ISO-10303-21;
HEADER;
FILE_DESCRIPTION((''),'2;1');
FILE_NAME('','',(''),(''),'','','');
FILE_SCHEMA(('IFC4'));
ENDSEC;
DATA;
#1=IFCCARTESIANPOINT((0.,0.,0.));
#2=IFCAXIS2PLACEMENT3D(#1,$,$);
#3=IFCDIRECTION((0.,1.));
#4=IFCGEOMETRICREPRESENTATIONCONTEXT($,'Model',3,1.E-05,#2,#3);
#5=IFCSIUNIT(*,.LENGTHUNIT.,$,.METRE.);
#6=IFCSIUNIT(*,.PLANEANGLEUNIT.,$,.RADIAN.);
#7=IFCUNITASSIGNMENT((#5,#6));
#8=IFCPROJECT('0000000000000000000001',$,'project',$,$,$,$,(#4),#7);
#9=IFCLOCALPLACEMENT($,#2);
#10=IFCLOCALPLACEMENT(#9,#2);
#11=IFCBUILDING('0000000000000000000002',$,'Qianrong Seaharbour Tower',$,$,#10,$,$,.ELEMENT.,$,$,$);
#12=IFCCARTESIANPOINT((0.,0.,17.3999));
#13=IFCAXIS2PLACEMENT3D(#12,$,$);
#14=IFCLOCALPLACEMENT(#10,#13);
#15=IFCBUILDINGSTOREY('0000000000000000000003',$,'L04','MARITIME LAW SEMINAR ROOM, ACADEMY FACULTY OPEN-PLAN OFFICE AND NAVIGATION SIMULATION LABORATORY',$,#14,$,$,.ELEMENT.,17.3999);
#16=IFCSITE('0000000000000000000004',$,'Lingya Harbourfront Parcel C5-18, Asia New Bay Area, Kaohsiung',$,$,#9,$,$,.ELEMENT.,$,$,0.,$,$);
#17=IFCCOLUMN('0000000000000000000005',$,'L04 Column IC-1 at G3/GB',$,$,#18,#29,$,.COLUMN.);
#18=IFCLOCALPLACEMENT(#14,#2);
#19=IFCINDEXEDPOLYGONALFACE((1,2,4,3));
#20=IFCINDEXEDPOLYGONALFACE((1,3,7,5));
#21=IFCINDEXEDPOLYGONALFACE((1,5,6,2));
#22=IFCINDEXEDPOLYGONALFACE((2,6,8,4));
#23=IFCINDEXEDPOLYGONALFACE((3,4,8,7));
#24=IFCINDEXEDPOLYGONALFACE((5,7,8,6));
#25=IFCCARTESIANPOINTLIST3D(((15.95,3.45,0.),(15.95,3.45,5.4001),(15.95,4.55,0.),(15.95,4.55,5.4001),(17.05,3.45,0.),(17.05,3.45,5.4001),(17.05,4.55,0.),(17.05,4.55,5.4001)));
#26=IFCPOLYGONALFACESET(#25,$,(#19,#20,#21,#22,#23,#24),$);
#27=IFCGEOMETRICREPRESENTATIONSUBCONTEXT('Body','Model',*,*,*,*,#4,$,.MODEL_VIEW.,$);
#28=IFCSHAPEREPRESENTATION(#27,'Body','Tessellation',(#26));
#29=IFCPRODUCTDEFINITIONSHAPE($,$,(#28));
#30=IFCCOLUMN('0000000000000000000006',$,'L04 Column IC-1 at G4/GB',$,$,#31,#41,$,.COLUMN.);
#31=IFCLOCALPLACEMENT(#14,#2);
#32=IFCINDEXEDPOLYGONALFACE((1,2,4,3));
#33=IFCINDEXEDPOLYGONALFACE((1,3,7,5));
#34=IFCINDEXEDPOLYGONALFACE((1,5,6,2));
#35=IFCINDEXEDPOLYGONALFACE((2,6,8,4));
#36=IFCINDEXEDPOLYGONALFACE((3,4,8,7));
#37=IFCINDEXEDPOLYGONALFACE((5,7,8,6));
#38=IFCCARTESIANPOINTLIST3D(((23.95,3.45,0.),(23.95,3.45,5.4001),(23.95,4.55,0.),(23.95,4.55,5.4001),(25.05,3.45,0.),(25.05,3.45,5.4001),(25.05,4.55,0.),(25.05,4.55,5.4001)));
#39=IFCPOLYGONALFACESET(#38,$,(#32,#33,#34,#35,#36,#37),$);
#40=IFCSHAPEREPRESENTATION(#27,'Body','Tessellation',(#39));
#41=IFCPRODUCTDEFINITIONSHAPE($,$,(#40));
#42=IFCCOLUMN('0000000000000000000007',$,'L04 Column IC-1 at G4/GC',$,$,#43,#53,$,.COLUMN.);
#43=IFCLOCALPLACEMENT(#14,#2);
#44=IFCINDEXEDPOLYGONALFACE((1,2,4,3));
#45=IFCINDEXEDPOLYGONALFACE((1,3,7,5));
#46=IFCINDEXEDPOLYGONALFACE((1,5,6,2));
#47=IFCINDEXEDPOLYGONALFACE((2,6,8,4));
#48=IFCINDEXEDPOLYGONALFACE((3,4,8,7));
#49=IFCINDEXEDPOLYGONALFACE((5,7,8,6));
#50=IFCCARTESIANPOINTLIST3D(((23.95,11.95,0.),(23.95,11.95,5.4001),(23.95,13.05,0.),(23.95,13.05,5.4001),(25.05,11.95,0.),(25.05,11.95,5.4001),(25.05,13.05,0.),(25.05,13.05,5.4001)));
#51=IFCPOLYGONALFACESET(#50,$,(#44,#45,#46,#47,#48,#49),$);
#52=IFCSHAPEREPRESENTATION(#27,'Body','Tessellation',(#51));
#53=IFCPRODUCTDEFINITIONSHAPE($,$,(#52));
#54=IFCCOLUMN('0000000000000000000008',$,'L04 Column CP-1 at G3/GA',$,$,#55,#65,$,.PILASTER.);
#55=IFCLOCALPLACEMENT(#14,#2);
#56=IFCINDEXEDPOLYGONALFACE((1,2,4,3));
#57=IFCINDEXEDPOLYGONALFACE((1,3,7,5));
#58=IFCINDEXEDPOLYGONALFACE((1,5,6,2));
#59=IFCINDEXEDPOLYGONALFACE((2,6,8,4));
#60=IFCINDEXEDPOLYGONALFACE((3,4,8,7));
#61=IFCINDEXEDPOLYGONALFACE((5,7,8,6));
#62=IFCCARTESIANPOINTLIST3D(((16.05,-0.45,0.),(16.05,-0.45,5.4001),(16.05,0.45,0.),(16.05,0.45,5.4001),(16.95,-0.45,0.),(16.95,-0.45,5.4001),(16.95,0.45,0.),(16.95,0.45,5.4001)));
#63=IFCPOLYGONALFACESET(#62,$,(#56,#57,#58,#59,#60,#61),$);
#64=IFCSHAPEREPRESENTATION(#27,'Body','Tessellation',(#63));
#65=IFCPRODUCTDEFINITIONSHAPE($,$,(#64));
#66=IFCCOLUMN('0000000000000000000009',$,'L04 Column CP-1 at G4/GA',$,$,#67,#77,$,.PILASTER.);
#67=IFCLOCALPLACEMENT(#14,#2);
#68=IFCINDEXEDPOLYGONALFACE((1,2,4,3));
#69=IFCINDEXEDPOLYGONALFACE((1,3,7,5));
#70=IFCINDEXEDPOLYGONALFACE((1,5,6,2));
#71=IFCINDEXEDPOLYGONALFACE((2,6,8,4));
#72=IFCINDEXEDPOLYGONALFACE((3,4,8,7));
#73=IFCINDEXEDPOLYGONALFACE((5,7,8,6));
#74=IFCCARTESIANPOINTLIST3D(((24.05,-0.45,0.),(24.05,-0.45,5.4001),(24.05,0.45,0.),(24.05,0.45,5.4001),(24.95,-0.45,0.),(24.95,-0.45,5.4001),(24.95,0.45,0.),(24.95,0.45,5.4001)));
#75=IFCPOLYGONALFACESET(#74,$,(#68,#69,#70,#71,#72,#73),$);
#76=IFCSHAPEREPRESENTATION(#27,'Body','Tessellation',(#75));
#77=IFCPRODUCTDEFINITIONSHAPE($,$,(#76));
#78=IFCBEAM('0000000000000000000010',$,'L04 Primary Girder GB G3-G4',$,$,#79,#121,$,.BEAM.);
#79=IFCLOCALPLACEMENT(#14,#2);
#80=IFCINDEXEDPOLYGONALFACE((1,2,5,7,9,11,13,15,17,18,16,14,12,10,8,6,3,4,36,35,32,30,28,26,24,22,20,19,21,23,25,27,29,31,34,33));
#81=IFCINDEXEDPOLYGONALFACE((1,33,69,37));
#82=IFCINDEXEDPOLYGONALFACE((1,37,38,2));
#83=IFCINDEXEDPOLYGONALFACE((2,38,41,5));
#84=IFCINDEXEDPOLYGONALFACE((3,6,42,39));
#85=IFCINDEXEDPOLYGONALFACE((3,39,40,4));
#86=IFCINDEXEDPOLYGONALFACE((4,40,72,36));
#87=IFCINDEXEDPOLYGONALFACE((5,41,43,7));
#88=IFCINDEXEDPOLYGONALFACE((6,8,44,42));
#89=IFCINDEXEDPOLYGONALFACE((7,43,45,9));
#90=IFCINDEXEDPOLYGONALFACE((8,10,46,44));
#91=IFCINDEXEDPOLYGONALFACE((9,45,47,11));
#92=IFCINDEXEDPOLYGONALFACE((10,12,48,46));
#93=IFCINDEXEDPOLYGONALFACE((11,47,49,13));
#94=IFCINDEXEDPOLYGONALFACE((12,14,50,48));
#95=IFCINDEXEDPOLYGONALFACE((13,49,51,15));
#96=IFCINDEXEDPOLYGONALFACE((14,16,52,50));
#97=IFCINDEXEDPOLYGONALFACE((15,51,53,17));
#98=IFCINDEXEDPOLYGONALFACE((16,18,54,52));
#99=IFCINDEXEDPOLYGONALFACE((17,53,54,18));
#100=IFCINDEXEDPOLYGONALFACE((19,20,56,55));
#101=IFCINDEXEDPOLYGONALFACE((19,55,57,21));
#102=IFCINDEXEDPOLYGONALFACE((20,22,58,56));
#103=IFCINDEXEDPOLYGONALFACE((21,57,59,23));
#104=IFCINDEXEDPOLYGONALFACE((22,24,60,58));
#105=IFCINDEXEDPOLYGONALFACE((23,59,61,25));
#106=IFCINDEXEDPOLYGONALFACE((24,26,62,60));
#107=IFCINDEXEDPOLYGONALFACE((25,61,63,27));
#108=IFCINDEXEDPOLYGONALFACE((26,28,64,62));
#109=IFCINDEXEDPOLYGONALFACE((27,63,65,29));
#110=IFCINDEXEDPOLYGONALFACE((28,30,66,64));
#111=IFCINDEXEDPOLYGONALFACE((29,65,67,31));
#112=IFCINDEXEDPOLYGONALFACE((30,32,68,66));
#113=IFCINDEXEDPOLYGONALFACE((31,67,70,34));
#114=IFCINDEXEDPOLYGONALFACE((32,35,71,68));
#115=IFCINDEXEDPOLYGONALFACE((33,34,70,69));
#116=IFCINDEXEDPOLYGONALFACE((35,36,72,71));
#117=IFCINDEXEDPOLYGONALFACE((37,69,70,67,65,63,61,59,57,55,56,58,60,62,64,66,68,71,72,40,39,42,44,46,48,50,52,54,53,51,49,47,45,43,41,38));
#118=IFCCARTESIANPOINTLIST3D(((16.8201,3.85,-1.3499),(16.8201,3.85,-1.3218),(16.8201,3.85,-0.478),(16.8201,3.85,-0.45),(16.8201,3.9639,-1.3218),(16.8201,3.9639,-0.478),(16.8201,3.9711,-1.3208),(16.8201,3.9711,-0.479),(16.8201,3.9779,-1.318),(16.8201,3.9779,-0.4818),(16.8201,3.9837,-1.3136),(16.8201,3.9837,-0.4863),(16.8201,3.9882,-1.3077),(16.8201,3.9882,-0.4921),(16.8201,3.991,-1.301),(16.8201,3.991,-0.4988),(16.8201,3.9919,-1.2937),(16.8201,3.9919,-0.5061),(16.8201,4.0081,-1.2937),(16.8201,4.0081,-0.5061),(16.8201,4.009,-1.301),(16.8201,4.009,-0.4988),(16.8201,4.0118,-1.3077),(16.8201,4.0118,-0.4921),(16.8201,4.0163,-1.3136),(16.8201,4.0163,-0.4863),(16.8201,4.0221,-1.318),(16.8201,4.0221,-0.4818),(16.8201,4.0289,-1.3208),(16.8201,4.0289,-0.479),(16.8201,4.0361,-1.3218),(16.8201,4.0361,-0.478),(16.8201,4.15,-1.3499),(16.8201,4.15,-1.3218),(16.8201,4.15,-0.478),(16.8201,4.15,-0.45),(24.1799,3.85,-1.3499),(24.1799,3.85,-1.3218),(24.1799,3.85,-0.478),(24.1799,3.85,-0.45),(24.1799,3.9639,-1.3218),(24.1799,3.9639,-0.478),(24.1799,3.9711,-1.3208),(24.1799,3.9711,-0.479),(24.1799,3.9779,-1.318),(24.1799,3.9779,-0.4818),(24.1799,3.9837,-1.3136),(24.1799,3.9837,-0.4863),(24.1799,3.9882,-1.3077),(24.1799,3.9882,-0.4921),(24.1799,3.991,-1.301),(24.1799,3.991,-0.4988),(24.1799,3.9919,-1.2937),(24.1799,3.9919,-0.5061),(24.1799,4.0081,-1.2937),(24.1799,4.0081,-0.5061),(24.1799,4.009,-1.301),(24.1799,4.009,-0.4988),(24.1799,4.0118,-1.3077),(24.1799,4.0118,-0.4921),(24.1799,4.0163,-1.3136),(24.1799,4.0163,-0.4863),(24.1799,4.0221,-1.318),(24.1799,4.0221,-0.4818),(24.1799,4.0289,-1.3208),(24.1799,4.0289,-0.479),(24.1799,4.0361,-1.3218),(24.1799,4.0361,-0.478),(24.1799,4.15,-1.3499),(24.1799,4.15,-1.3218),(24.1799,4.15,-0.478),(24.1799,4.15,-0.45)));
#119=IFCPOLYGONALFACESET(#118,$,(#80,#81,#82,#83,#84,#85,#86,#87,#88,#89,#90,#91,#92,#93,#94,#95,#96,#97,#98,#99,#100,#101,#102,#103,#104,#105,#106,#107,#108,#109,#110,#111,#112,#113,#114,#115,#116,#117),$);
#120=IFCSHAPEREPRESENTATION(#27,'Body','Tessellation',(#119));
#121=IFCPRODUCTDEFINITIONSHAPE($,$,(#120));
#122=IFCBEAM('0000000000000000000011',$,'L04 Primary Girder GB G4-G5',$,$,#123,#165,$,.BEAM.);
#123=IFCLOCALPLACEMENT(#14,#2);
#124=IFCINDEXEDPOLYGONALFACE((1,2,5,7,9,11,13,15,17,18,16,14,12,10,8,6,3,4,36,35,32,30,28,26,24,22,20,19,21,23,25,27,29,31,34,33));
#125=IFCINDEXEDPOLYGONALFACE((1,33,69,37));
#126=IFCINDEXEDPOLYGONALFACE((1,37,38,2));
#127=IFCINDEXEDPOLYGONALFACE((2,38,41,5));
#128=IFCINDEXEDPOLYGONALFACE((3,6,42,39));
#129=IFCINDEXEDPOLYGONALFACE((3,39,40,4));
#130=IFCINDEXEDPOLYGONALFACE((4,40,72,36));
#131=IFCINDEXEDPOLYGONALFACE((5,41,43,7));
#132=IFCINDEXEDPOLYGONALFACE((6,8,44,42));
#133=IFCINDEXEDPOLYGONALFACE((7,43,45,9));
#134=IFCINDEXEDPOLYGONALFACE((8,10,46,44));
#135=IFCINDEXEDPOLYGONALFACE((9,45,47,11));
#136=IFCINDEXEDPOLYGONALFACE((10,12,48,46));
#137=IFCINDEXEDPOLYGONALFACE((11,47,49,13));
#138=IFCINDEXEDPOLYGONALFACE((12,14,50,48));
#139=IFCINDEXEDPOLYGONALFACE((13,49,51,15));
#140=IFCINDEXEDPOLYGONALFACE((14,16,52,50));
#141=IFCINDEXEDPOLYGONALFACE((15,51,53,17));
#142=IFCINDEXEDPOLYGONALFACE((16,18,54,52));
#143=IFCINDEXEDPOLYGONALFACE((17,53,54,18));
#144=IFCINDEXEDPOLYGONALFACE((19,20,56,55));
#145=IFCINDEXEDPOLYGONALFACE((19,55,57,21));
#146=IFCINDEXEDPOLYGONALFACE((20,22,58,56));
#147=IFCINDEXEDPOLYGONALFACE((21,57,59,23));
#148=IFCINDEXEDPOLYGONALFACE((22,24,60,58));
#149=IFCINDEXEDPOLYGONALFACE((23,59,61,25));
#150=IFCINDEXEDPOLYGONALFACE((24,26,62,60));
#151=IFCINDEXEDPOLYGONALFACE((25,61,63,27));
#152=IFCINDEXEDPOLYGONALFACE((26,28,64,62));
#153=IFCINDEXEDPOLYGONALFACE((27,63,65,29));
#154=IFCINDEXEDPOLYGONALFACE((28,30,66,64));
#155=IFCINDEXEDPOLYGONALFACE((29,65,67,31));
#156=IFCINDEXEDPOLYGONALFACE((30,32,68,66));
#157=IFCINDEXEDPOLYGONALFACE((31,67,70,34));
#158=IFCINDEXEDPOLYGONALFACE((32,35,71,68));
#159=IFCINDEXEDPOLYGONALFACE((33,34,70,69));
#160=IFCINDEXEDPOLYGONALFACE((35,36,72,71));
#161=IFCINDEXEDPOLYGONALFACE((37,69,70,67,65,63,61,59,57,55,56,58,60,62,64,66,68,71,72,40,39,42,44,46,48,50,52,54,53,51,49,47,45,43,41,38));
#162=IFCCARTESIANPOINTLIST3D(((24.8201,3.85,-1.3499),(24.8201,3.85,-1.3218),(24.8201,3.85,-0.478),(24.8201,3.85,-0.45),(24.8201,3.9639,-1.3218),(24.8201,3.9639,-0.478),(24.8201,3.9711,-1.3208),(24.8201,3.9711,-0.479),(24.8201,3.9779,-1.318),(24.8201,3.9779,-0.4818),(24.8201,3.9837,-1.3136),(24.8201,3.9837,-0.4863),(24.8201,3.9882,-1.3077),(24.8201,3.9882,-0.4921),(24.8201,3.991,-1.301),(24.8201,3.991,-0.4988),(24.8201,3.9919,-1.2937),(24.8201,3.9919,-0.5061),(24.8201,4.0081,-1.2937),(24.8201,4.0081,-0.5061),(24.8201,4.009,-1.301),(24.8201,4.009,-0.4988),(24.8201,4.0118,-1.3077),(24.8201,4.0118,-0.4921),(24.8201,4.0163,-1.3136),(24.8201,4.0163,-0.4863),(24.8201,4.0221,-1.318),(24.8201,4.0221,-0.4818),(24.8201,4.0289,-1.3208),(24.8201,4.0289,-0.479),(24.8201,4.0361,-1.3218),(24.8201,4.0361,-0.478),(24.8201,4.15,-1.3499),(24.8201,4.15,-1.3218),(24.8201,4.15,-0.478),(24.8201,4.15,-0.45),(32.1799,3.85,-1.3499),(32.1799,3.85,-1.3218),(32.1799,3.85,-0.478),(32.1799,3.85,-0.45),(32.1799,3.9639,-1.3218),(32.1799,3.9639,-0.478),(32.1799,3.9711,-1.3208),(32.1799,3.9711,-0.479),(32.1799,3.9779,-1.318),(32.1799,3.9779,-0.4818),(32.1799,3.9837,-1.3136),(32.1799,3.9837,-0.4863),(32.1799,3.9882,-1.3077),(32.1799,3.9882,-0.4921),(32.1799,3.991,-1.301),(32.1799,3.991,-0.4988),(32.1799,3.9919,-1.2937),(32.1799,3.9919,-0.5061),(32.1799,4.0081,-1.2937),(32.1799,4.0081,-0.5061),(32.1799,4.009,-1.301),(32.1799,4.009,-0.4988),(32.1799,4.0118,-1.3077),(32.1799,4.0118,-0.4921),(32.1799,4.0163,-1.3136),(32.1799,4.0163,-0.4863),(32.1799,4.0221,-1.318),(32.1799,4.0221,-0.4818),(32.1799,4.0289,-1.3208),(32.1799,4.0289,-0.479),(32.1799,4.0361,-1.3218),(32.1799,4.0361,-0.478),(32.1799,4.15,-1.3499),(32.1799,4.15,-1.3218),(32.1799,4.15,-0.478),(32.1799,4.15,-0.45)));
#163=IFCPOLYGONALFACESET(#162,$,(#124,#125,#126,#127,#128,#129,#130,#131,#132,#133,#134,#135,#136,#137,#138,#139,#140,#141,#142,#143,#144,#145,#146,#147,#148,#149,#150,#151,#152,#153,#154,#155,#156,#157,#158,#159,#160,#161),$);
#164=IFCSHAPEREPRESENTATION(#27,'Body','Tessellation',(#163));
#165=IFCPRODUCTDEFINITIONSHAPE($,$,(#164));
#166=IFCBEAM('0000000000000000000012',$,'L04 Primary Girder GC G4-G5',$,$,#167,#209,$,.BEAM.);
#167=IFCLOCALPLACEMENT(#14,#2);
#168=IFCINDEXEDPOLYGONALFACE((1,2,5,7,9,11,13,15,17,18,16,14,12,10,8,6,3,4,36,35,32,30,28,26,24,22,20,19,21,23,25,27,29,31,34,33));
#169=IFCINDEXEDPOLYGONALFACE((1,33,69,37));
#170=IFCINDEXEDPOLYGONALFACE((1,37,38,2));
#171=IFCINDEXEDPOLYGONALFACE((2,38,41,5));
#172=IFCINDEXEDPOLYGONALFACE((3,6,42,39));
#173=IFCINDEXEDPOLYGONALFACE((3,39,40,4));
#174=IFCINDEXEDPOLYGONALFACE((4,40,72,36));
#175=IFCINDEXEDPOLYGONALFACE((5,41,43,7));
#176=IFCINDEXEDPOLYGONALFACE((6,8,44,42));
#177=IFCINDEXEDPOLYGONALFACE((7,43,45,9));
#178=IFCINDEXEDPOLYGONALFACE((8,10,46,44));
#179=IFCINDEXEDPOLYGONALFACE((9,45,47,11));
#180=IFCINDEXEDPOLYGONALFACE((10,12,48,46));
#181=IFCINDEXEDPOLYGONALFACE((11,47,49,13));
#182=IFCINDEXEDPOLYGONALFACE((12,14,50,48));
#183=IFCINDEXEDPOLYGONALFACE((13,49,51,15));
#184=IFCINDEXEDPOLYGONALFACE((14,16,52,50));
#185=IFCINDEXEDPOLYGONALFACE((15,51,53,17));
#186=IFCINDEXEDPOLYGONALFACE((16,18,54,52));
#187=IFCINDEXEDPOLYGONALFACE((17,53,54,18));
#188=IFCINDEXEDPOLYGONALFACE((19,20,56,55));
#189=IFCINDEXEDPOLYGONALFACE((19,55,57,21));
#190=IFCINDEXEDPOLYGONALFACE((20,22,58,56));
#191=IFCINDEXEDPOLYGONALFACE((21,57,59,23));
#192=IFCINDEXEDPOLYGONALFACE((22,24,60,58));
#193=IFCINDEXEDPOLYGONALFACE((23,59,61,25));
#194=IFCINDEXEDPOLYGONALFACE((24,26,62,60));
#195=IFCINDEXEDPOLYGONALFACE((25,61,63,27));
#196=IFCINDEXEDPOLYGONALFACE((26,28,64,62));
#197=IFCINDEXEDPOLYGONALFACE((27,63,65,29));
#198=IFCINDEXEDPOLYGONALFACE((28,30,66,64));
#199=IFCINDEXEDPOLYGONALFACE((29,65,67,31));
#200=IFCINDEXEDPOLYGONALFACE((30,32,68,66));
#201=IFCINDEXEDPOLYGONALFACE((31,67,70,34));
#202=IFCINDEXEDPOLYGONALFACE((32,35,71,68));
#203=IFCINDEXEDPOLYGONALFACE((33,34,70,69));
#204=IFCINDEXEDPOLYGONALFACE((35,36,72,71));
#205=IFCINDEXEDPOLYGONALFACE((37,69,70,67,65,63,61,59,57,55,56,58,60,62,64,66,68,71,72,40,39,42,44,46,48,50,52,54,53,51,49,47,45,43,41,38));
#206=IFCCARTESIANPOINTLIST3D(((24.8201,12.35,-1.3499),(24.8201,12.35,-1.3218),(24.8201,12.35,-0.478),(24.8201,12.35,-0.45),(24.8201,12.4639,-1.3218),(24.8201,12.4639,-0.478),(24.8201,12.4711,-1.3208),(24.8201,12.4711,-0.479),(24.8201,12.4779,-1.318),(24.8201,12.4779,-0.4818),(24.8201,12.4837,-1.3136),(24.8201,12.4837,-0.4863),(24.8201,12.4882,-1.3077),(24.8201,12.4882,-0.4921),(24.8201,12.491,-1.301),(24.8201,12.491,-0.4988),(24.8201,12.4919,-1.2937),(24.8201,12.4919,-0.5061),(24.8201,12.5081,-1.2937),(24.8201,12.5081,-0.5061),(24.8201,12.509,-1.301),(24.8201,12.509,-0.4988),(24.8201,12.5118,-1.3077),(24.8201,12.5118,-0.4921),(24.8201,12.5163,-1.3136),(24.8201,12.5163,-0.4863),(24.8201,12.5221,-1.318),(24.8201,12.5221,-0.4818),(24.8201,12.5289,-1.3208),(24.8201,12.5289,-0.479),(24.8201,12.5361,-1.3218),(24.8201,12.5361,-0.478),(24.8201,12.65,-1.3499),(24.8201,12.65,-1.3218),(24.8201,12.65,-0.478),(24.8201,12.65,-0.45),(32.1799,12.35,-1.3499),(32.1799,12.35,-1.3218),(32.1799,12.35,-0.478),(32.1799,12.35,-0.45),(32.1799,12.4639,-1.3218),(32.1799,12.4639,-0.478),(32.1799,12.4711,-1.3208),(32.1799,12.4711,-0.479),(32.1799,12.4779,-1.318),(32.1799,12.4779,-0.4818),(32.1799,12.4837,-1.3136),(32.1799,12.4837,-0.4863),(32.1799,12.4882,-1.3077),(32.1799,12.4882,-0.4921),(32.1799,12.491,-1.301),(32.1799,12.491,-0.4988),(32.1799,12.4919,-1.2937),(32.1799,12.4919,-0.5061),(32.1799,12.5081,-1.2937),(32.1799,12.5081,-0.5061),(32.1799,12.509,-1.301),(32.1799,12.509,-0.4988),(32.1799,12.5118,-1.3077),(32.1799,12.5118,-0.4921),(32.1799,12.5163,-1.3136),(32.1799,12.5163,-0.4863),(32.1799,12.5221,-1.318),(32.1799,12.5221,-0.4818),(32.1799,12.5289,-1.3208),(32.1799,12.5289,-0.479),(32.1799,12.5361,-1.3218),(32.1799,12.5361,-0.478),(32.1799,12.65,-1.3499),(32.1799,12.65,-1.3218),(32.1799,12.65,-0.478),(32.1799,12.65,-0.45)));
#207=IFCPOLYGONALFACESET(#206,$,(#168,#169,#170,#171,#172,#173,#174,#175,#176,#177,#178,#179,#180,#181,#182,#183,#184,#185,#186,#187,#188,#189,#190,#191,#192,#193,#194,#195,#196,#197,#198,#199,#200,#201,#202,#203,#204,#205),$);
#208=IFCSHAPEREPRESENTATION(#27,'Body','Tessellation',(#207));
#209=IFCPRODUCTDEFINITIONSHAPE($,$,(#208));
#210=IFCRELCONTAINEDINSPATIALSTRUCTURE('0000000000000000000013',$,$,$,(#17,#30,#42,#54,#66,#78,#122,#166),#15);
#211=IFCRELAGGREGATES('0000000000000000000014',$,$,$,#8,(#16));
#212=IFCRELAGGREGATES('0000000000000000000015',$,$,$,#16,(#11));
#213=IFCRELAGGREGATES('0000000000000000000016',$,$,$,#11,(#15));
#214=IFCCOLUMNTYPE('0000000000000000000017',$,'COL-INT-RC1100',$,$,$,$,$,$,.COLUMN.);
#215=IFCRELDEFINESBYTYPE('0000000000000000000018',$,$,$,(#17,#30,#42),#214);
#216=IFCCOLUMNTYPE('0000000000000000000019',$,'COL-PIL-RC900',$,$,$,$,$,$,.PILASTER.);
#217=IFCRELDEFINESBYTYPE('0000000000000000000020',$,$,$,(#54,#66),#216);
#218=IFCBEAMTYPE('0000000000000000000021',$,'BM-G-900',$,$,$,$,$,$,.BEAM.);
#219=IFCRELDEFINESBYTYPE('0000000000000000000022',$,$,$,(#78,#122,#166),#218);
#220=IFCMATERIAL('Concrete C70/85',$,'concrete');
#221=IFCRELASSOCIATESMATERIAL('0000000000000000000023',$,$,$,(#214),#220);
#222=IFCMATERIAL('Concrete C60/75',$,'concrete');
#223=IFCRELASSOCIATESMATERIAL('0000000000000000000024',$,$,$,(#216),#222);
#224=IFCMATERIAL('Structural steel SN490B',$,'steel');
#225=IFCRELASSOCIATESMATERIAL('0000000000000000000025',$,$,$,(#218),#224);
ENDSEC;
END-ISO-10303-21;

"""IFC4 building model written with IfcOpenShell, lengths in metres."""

from ifc_helpers import new_model, si_unit, direction, frame, origin, origin_2d, place, context, subcontext, project, spatial, rectangle, i_section, extrude, material, material_profile, profile_set, type_object, element, save


model = new_model("IFC4")

# Units and contexts
model_context = context("Model", 3, precision=1e-05, world=origin(), true_north=direction((0.0, 1.0)))
body_context = subcontext(model_context, "Body", "Model", "MODEL_VIEW")
ifc_project = project(units=[si_unit("LENGTHUNIT", "METRE"), si_unit("PLANEANGLEUNIT", "RADIAN")], contexts=[model_context])

# Site, building, storey
site_placement = place(None, origin())
site = spatial("IfcSite", under=ifc_project, at=site_placement, Name="Lingya Harbourfront Parcel C5-18, Asia New Bay Area, Kaohsiung", CompositionType="ELEMENT", RefElevation=0.0)
building_placement = place(site_placement, origin())
building = spatial("IfcBuilding", under=site, at=building_placement, Name="Qianrong Seaharbour Tower", CompositionType="ELEMENT")
storey_placement = place(building_placement, frame((0.0, 0.0, 17.3999)))
storey = spatial("IfcBuildingStorey", under=building, at=storey_placement, Name="L04", Description="MARITIME LAW SEMINAR ROOM, ACADEMY FACULTY OPEN-PLAN OFFICE AND NAVIGATION SIMULATION LABORATORY", CompositionType="ELEMENT", Elevation=17.3999)

# Columns
ifc_material_1 = material(Name="Concrete C70/85", Category="concrete")
ifc_material_profile_1 = material_profile(ifc_material_1, rectangle(XDim=1.1001, YDim=1.1001, at=origin_2d()), Name="RC1100x1100")
ifc_profile_set_1 = profile_set([ifc_material_profile_1], Name="Concrete C70/85")
column_type_1 = type_object("IfcColumnType", Name="COL-INT-RC1100", PredefinedType="COLUMN", material=ifc_profile_set_1)
for number, where, z_axis, x_axis, name in (
    (1, (16.5, 4.0, 0.0), (0.0, 0.0, 1.0), (1.0, 0.0, 0.0), "L04 Column IC-1 at G3/GB"),
    (2, (24.5, 4.0, 0.0), (0.0, 0.0, 1.0), (1.0, 0.0, 0.0), "L04 Column IC-1 at G4/GB"),
    (3, (24.5, 12.5, 0.0), (0.0, 0.0, 1.0), (1.0, 0.0, 0.0), "L04 Column IC-1 at G4/GC"),
):
    element("IfcColumn", number, at=place(storey_placement, frame(where, z_axis=z_axis, x_axis=x_axis)), inside=storey, type_object=column_type_1, Name=name, PredefinedType="COLUMN", context=body_context, shape_type="SweptSolid", body=[
        extrude(rectangle(XDim=1.1001, YDim=1.1001, at=origin_2d()), origin(), (0.0, 0.0, 1.0), 5.4001),
    ])
ifc_material_2 = material(Name="Concrete C60/75", Category="concrete")
ifc_material_profile_2 = material_profile(ifc_material_2, rectangle(XDim=0.8999, YDim=0.8999, at=origin_2d()), Name="RC900x900")
ifc_profile_set_2 = profile_set([ifc_material_profile_2], Name="Concrete C60/75")
column_type_2 = type_object("IfcColumnType", Name="COL-PIL-RC900", PredefinedType="PILASTER", material=ifc_profile_set_2)
for number, where, z_axis, x_axis, name in (
    (4, (16.5, 0.0, 0.0), (0.0, 0.0, 1.0), (1.0, 0.0, 0.0), "L04 Column CP-1 at G3/GA"),
    (5, (24.5, 0.0, 0.0), (0.0, 0.0, 1.0), (1.0, 0.0, 0.0), "L04 Column CP-1 at G4/GA"),
):
    element("IfcColumn", number, at=place(storey_placement, frame(where, z_axis=z_axis, x_axis=x_axis)), inside=storey, type_object=column_type_2, Name=name, PredefinedType="PILASTER", context=body_context, shape_type="SweptSolid", body=[
        extrude(rectangle(XDim=0.8999, YDim=0.8999, at=origin_2d()), origin(), (0.0, 0.0, 1.0), 5.4001),
    ])

# Beams
ifc_material_3 = material(Name="Structural steel SN490B", Category="steel")
ifc_material_profile_3 = material_profile(ifc_material_3, i_section(OverallWidth=0.3, OverallDepth=0.8999, WebThickness=0.0161, FlangeThickness=0.0281, FilletRadius=0.0281, at=origin_2d()), Name="H900x300x16x28")
ifc_profile_set_3 = profile_set([ifc_material_profile_3], Name="Structural steel SN490B")
beam_type_1 = type_object("IfcBeamType", Name="BM-G-900", PredefinedType="BEAM", material=ifc_profile_set_3)
for number, where, z_axis, x_axis, name in (
    (6, (16.8201, 4.0, -0.8999), (1.0, 0.0, 0.0), (0.0, 1.0, 0.0), "L04 Primary Girder GB G3-G4"),
    (7, (24.8201, 4.0, -0.8999), (1.0, 0.0, 0.0), (0.0, 1.0, 0.0), "L04 Primary Girder GB G4-G5"),
    (8, (24.8201, 12.5, -0.8999), (1.0, 0.0, 0.0), (0.0, 1.0, 0.0), "L04 Primary Girder GC G4-G5"),
):
    element("IfcBeam", number, at=place(storey_placement, frame(where, z_axis=z_axis, x_axis=x_axis)), inside=storey, type_object=beam_type_1, Name=name, PredefinedType="BEAM", context=body_context, shape_type="SweptSolid", body=[
        extrude(i_section(OverallWidth=0.3, OverallDepth=0.8999, WebThickness=0.0161, FlangeThickness=0.0281, FilletRadius=0.0281, at=origin_2d()), origin(), (0.0, 0.0, 1.0), 7.3599),
    ])

save(model, "model.ifc")
